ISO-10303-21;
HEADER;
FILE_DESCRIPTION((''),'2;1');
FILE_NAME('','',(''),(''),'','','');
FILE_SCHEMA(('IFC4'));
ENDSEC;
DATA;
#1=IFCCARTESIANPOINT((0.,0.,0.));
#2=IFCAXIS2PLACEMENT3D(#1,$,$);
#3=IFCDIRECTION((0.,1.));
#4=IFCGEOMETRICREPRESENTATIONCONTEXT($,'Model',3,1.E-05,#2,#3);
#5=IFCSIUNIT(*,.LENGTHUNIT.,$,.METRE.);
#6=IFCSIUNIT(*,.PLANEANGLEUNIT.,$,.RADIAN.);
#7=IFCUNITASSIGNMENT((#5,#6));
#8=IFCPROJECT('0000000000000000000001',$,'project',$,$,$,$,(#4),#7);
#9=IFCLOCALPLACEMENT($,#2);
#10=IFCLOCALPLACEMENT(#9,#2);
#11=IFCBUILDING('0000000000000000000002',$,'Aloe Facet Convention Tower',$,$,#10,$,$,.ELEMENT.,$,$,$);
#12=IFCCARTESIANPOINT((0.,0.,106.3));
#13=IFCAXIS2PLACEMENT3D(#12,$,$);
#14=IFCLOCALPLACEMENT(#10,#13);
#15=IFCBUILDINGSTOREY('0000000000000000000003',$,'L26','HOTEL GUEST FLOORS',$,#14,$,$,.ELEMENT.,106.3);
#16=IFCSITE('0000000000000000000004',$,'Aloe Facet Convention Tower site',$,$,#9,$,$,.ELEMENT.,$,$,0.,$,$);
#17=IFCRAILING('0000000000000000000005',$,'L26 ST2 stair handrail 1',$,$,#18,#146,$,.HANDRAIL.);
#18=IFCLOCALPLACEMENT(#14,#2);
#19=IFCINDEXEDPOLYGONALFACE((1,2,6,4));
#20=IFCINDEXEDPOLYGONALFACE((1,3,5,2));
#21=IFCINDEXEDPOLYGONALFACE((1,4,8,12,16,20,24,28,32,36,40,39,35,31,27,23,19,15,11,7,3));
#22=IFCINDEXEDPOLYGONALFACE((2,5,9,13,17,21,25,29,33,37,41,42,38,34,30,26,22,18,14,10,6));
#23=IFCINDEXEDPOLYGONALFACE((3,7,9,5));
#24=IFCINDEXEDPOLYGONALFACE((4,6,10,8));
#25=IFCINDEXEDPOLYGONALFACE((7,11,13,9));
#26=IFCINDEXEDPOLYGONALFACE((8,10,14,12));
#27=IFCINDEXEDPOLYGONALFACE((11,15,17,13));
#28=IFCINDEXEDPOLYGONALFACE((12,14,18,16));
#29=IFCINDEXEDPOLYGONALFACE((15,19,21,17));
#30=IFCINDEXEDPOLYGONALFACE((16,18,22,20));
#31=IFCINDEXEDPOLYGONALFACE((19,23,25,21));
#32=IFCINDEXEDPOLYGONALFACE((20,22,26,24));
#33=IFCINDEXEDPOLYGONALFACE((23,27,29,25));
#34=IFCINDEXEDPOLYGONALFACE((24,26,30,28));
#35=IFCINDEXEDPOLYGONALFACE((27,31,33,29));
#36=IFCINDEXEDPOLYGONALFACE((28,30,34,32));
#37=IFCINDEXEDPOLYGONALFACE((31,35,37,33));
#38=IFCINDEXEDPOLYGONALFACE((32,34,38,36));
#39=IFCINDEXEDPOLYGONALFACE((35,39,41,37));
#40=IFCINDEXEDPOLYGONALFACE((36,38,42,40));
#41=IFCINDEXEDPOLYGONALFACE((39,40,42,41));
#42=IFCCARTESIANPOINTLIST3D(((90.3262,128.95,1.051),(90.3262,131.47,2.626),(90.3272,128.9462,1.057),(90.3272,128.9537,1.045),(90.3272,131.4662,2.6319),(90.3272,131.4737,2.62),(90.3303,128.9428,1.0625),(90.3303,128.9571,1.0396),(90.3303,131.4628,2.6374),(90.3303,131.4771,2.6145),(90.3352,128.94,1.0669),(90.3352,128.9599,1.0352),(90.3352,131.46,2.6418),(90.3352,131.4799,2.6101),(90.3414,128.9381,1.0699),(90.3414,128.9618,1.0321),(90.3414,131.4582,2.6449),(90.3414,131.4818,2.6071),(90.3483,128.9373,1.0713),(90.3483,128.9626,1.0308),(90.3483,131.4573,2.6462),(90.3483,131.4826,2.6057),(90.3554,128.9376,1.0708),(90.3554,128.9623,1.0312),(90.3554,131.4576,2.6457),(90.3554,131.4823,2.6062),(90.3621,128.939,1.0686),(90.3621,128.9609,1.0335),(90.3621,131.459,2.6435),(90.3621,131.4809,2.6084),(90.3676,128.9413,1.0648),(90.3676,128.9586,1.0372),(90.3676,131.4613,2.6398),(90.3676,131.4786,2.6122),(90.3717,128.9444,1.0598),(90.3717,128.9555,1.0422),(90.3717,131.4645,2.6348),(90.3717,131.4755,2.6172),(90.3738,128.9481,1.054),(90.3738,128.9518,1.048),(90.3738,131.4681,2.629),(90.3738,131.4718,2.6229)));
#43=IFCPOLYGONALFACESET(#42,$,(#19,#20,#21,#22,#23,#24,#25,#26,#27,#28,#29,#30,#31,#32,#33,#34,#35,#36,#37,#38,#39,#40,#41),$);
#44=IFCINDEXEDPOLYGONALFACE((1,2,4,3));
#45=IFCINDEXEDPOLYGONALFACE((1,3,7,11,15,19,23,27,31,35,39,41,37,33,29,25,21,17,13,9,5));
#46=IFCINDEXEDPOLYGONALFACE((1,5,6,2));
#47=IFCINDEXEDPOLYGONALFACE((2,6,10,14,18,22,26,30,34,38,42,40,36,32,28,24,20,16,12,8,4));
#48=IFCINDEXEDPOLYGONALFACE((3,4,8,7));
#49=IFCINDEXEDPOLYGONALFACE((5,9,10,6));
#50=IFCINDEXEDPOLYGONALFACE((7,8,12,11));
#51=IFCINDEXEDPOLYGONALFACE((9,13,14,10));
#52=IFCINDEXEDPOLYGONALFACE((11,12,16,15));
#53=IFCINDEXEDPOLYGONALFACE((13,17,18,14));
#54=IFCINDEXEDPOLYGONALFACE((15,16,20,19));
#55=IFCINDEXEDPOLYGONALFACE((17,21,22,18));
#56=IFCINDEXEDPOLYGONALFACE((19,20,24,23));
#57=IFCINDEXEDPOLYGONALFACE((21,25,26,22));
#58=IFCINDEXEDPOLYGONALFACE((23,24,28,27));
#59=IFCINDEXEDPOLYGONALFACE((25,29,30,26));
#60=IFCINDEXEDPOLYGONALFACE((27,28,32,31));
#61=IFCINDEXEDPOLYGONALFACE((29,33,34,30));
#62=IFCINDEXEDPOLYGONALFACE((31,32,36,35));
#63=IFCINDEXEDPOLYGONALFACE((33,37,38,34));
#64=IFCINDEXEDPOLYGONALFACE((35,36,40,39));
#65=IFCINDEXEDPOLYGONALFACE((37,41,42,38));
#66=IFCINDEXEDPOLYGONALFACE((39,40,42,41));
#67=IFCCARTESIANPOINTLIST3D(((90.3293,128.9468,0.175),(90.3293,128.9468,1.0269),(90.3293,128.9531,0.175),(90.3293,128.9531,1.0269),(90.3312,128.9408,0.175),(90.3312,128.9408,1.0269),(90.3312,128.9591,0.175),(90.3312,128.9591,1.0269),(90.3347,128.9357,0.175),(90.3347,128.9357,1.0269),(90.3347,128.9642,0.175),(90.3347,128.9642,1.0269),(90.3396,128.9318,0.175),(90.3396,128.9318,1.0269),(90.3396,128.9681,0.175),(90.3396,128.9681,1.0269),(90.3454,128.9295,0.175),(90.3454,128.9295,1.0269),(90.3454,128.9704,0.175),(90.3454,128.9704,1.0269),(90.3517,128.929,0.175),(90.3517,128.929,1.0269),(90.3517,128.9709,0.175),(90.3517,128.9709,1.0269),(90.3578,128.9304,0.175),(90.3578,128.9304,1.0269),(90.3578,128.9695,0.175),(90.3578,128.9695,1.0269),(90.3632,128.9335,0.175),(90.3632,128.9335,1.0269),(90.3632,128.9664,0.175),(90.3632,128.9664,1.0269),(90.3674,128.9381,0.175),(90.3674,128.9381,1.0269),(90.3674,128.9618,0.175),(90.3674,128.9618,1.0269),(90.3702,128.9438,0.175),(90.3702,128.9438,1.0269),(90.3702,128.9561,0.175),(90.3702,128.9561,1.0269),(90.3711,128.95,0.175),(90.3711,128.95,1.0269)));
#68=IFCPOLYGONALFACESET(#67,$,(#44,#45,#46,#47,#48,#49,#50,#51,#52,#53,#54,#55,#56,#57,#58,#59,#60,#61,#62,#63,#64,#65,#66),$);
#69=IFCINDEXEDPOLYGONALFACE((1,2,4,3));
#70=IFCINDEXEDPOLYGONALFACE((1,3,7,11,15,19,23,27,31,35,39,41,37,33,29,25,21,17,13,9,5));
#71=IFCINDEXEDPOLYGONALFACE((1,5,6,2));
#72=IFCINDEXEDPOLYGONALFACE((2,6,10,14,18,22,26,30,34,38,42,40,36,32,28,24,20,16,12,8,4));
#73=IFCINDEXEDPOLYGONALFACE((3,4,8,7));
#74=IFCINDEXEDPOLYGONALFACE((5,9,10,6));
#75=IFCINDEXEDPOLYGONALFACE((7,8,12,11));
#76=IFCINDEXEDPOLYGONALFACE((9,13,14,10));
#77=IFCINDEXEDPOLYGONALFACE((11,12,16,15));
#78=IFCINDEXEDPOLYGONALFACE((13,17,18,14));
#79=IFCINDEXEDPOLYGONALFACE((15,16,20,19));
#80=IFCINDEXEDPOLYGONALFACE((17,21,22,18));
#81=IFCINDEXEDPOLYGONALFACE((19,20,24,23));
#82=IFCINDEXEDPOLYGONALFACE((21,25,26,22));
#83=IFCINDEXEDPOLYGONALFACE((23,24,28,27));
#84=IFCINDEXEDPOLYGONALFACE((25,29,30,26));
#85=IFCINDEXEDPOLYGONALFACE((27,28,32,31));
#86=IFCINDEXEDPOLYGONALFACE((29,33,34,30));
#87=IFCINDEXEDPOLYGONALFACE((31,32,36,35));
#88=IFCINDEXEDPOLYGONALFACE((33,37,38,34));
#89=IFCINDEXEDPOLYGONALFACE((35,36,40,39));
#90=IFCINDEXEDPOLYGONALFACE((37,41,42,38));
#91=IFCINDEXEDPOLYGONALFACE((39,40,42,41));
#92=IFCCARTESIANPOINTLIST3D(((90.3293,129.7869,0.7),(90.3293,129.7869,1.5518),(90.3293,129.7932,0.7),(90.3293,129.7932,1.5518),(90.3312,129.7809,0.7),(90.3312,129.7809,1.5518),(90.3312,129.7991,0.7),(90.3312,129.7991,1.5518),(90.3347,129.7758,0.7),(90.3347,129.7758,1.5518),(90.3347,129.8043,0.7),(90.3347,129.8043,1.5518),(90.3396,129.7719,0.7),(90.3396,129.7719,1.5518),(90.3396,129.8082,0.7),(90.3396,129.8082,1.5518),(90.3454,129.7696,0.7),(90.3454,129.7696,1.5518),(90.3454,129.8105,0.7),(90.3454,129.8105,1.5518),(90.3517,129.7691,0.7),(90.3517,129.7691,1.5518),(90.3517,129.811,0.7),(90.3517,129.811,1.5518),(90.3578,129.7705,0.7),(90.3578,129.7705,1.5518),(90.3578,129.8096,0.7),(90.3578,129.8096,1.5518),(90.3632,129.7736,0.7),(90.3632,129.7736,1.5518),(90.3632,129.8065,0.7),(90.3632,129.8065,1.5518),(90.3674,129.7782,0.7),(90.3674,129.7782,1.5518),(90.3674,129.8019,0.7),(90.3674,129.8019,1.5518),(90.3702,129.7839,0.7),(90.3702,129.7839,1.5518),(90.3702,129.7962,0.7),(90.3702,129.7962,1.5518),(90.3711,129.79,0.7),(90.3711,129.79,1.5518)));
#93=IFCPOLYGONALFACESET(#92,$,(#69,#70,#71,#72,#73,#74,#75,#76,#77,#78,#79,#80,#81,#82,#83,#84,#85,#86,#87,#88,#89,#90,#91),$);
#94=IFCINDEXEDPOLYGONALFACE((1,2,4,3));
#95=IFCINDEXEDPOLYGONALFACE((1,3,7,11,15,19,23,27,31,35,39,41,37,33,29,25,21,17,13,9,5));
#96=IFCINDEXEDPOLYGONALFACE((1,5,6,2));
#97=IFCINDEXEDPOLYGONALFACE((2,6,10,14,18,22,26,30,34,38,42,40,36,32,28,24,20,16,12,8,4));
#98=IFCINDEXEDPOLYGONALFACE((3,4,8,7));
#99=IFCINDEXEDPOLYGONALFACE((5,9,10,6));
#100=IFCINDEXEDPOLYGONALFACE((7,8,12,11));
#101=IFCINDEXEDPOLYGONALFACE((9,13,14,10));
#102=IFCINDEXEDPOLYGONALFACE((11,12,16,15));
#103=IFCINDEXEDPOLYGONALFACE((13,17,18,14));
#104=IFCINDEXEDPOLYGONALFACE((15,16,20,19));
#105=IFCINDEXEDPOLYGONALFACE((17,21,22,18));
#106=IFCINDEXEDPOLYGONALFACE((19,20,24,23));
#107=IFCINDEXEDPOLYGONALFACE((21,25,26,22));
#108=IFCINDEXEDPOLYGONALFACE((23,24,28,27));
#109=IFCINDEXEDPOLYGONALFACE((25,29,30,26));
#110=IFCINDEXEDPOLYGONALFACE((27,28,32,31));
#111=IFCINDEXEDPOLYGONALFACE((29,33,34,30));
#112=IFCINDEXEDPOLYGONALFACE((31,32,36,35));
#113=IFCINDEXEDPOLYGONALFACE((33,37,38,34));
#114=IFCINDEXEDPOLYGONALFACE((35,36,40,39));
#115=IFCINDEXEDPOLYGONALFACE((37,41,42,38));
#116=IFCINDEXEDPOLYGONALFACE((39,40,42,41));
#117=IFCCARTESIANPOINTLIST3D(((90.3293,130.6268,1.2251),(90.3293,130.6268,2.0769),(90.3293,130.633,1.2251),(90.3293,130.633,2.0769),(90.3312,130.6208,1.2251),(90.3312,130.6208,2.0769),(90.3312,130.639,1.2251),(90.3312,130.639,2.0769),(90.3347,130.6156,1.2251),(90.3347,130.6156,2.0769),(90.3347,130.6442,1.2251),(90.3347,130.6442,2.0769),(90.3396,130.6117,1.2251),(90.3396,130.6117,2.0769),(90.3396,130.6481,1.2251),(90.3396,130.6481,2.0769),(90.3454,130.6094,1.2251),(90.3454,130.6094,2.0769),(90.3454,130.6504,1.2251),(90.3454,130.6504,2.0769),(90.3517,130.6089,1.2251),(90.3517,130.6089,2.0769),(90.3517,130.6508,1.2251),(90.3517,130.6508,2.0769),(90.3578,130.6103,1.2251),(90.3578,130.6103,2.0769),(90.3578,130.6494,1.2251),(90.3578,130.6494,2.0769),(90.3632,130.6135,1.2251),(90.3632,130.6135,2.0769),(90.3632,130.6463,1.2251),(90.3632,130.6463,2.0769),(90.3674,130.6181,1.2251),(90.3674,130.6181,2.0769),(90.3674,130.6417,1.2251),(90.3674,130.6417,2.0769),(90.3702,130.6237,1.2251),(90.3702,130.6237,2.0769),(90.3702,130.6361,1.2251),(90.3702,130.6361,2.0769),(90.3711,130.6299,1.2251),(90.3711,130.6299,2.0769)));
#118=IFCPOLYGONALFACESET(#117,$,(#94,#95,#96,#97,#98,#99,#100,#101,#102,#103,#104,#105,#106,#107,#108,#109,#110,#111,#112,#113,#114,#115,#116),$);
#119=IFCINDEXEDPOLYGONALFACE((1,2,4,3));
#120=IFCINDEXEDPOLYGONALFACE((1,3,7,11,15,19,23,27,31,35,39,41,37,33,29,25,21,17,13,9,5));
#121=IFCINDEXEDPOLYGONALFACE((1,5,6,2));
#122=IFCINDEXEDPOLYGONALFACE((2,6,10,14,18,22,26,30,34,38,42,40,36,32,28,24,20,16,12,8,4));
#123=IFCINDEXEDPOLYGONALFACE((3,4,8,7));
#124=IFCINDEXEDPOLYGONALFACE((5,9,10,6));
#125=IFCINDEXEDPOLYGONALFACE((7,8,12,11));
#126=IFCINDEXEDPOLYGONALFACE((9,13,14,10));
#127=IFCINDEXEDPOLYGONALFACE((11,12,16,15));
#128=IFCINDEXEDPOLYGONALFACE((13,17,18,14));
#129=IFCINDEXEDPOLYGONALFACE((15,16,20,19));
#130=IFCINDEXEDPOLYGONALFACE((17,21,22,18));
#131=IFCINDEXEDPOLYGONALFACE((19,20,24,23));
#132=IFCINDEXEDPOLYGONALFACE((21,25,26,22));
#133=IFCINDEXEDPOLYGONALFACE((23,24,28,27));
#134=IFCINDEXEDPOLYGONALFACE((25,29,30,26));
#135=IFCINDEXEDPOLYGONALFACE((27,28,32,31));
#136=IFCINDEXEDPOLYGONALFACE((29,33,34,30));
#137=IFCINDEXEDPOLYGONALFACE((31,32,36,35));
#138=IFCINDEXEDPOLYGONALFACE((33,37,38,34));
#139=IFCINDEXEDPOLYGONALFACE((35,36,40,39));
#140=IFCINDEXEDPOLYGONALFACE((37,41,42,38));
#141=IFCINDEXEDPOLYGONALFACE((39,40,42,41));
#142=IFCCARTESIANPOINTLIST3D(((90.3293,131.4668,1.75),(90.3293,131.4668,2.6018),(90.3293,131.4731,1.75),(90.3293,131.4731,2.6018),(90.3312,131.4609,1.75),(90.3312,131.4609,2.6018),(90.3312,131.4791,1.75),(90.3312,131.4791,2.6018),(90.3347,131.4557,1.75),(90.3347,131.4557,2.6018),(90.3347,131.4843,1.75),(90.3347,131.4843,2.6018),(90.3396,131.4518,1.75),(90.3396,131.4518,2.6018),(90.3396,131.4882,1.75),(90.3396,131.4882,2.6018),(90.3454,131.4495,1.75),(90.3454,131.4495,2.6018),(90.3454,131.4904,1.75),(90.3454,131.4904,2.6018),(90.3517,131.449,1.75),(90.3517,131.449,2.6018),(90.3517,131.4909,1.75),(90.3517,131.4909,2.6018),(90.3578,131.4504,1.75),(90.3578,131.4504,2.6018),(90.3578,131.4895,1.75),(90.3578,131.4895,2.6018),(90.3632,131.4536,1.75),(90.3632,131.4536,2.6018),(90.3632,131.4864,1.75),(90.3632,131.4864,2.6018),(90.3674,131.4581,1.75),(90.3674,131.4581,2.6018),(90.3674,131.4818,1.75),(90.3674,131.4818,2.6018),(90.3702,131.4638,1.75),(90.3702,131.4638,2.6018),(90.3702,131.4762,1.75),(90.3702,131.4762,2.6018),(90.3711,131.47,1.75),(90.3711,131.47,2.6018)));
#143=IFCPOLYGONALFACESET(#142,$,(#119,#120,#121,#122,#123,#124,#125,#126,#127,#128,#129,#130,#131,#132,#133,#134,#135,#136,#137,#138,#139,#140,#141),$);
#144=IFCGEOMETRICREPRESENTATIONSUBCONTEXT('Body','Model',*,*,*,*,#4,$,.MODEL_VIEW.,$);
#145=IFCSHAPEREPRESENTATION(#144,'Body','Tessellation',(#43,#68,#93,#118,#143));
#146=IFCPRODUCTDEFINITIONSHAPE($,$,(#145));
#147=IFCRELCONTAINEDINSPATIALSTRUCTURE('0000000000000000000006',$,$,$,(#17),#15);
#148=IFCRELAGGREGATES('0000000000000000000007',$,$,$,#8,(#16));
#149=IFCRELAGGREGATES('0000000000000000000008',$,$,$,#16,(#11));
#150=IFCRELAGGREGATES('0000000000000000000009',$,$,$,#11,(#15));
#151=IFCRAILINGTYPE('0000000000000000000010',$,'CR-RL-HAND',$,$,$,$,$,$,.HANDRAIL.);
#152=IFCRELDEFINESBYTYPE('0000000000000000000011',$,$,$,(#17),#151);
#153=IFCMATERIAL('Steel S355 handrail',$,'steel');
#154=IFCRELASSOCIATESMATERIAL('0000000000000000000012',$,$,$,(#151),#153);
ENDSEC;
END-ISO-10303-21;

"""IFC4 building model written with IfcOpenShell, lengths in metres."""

from ifc_helpers import new_model, si_unit, direction, frame, origin, origin_2d, place, context, subcontext, project, spatial, circle, extrude, material, type_object, element, save


model = new_model("IFC4")

# Units and contexts
model_context = context("Model", 3, precision=1e-05, world=origin(), true_north=direction((0.0, 1.0)))
body_context = subcontext(model_context, "Body", "Model", "MODEL_VIEW")
ifc_project = project(units=[si_unit("LENGTHUNIT", "METRE"), si_unit("PLANEANGLEUNIT", "RADIAN")], contexts=[model_context])

# Site, building, storey
site_placement = place(None, origin())
site = spatial("IfcSite", under=ifc_project, at=site_placement, Name="Aloe Facet Convention Tower site", CompositionType="ELEMENT", RefElevation=0.0)
building_placement = place(site_placement, origin())
building = spatial("IfcBuilding", under=site, at=building_placement, Name="Aloe Facet Convention Tower", CompositionType="ELEMENT")
storey_placement = place(building_placement, frame((0.0, 0.0, 106.3)))
storey = spatial("IfcBuildingStorey", under=building, at=storey_placement, Name="L26", Description="HOTEL GUEST FLOORS", CompositionType="ELEMENT", Elevation=106.3)

# Railing
ifc_material_1 = material(Name="Steel S355 handrail", Category="steel")
railing_type_1 = type_object("IfcRailingType", Name="CR-RL-HAND", PredefinedType="HANDRAIL", material=ifc_material_1)
railing_1_placement = place(storey_placement, frame((90.3501, 128.95, 0.175)))
element("IfcRailing", 1, at=railing_1_placement, inside=storey, type_object=railing_type_1, Name="L26 ST2 stair handrail 1", PredefinedType="HANDRAIL", context=body_context, shape_type="SweptSolid", body=[
    extrude(circle(Radius=0.0239, at=origin_2d()), frame((0.0, 0.0, 0.876), z_axis=(0.0, 0.848008, 0.529984), x_axis=(-1.0, 0.0, 0.0)), (0.0, 0.0, 1.0), 2.9717),
    extrude(circle(Radius=0.021, at=origin_2d()), origin(), (0.0, 0.0, 1.0), 0.8518),
    extrude(circle(Radius=0.021, at=origin_2d()), frame((0.0, 0.8401, 0.5249)), (0.0, 0.0, 1.0), 0.8518),
    extrude(circle(Radius=0.021, at=origin_2d()), frame((0.0, 1.6799, 1.05)), (0.0, 0.0, 1.0), 0.8518),
    extrude(circle(Radius=0.021, at=origin_2d()), frame((0.0, 2.52, 1.575)), (0.0, 0.0, 1.0), 0.8518),
])

save(model, "model.ifc")
